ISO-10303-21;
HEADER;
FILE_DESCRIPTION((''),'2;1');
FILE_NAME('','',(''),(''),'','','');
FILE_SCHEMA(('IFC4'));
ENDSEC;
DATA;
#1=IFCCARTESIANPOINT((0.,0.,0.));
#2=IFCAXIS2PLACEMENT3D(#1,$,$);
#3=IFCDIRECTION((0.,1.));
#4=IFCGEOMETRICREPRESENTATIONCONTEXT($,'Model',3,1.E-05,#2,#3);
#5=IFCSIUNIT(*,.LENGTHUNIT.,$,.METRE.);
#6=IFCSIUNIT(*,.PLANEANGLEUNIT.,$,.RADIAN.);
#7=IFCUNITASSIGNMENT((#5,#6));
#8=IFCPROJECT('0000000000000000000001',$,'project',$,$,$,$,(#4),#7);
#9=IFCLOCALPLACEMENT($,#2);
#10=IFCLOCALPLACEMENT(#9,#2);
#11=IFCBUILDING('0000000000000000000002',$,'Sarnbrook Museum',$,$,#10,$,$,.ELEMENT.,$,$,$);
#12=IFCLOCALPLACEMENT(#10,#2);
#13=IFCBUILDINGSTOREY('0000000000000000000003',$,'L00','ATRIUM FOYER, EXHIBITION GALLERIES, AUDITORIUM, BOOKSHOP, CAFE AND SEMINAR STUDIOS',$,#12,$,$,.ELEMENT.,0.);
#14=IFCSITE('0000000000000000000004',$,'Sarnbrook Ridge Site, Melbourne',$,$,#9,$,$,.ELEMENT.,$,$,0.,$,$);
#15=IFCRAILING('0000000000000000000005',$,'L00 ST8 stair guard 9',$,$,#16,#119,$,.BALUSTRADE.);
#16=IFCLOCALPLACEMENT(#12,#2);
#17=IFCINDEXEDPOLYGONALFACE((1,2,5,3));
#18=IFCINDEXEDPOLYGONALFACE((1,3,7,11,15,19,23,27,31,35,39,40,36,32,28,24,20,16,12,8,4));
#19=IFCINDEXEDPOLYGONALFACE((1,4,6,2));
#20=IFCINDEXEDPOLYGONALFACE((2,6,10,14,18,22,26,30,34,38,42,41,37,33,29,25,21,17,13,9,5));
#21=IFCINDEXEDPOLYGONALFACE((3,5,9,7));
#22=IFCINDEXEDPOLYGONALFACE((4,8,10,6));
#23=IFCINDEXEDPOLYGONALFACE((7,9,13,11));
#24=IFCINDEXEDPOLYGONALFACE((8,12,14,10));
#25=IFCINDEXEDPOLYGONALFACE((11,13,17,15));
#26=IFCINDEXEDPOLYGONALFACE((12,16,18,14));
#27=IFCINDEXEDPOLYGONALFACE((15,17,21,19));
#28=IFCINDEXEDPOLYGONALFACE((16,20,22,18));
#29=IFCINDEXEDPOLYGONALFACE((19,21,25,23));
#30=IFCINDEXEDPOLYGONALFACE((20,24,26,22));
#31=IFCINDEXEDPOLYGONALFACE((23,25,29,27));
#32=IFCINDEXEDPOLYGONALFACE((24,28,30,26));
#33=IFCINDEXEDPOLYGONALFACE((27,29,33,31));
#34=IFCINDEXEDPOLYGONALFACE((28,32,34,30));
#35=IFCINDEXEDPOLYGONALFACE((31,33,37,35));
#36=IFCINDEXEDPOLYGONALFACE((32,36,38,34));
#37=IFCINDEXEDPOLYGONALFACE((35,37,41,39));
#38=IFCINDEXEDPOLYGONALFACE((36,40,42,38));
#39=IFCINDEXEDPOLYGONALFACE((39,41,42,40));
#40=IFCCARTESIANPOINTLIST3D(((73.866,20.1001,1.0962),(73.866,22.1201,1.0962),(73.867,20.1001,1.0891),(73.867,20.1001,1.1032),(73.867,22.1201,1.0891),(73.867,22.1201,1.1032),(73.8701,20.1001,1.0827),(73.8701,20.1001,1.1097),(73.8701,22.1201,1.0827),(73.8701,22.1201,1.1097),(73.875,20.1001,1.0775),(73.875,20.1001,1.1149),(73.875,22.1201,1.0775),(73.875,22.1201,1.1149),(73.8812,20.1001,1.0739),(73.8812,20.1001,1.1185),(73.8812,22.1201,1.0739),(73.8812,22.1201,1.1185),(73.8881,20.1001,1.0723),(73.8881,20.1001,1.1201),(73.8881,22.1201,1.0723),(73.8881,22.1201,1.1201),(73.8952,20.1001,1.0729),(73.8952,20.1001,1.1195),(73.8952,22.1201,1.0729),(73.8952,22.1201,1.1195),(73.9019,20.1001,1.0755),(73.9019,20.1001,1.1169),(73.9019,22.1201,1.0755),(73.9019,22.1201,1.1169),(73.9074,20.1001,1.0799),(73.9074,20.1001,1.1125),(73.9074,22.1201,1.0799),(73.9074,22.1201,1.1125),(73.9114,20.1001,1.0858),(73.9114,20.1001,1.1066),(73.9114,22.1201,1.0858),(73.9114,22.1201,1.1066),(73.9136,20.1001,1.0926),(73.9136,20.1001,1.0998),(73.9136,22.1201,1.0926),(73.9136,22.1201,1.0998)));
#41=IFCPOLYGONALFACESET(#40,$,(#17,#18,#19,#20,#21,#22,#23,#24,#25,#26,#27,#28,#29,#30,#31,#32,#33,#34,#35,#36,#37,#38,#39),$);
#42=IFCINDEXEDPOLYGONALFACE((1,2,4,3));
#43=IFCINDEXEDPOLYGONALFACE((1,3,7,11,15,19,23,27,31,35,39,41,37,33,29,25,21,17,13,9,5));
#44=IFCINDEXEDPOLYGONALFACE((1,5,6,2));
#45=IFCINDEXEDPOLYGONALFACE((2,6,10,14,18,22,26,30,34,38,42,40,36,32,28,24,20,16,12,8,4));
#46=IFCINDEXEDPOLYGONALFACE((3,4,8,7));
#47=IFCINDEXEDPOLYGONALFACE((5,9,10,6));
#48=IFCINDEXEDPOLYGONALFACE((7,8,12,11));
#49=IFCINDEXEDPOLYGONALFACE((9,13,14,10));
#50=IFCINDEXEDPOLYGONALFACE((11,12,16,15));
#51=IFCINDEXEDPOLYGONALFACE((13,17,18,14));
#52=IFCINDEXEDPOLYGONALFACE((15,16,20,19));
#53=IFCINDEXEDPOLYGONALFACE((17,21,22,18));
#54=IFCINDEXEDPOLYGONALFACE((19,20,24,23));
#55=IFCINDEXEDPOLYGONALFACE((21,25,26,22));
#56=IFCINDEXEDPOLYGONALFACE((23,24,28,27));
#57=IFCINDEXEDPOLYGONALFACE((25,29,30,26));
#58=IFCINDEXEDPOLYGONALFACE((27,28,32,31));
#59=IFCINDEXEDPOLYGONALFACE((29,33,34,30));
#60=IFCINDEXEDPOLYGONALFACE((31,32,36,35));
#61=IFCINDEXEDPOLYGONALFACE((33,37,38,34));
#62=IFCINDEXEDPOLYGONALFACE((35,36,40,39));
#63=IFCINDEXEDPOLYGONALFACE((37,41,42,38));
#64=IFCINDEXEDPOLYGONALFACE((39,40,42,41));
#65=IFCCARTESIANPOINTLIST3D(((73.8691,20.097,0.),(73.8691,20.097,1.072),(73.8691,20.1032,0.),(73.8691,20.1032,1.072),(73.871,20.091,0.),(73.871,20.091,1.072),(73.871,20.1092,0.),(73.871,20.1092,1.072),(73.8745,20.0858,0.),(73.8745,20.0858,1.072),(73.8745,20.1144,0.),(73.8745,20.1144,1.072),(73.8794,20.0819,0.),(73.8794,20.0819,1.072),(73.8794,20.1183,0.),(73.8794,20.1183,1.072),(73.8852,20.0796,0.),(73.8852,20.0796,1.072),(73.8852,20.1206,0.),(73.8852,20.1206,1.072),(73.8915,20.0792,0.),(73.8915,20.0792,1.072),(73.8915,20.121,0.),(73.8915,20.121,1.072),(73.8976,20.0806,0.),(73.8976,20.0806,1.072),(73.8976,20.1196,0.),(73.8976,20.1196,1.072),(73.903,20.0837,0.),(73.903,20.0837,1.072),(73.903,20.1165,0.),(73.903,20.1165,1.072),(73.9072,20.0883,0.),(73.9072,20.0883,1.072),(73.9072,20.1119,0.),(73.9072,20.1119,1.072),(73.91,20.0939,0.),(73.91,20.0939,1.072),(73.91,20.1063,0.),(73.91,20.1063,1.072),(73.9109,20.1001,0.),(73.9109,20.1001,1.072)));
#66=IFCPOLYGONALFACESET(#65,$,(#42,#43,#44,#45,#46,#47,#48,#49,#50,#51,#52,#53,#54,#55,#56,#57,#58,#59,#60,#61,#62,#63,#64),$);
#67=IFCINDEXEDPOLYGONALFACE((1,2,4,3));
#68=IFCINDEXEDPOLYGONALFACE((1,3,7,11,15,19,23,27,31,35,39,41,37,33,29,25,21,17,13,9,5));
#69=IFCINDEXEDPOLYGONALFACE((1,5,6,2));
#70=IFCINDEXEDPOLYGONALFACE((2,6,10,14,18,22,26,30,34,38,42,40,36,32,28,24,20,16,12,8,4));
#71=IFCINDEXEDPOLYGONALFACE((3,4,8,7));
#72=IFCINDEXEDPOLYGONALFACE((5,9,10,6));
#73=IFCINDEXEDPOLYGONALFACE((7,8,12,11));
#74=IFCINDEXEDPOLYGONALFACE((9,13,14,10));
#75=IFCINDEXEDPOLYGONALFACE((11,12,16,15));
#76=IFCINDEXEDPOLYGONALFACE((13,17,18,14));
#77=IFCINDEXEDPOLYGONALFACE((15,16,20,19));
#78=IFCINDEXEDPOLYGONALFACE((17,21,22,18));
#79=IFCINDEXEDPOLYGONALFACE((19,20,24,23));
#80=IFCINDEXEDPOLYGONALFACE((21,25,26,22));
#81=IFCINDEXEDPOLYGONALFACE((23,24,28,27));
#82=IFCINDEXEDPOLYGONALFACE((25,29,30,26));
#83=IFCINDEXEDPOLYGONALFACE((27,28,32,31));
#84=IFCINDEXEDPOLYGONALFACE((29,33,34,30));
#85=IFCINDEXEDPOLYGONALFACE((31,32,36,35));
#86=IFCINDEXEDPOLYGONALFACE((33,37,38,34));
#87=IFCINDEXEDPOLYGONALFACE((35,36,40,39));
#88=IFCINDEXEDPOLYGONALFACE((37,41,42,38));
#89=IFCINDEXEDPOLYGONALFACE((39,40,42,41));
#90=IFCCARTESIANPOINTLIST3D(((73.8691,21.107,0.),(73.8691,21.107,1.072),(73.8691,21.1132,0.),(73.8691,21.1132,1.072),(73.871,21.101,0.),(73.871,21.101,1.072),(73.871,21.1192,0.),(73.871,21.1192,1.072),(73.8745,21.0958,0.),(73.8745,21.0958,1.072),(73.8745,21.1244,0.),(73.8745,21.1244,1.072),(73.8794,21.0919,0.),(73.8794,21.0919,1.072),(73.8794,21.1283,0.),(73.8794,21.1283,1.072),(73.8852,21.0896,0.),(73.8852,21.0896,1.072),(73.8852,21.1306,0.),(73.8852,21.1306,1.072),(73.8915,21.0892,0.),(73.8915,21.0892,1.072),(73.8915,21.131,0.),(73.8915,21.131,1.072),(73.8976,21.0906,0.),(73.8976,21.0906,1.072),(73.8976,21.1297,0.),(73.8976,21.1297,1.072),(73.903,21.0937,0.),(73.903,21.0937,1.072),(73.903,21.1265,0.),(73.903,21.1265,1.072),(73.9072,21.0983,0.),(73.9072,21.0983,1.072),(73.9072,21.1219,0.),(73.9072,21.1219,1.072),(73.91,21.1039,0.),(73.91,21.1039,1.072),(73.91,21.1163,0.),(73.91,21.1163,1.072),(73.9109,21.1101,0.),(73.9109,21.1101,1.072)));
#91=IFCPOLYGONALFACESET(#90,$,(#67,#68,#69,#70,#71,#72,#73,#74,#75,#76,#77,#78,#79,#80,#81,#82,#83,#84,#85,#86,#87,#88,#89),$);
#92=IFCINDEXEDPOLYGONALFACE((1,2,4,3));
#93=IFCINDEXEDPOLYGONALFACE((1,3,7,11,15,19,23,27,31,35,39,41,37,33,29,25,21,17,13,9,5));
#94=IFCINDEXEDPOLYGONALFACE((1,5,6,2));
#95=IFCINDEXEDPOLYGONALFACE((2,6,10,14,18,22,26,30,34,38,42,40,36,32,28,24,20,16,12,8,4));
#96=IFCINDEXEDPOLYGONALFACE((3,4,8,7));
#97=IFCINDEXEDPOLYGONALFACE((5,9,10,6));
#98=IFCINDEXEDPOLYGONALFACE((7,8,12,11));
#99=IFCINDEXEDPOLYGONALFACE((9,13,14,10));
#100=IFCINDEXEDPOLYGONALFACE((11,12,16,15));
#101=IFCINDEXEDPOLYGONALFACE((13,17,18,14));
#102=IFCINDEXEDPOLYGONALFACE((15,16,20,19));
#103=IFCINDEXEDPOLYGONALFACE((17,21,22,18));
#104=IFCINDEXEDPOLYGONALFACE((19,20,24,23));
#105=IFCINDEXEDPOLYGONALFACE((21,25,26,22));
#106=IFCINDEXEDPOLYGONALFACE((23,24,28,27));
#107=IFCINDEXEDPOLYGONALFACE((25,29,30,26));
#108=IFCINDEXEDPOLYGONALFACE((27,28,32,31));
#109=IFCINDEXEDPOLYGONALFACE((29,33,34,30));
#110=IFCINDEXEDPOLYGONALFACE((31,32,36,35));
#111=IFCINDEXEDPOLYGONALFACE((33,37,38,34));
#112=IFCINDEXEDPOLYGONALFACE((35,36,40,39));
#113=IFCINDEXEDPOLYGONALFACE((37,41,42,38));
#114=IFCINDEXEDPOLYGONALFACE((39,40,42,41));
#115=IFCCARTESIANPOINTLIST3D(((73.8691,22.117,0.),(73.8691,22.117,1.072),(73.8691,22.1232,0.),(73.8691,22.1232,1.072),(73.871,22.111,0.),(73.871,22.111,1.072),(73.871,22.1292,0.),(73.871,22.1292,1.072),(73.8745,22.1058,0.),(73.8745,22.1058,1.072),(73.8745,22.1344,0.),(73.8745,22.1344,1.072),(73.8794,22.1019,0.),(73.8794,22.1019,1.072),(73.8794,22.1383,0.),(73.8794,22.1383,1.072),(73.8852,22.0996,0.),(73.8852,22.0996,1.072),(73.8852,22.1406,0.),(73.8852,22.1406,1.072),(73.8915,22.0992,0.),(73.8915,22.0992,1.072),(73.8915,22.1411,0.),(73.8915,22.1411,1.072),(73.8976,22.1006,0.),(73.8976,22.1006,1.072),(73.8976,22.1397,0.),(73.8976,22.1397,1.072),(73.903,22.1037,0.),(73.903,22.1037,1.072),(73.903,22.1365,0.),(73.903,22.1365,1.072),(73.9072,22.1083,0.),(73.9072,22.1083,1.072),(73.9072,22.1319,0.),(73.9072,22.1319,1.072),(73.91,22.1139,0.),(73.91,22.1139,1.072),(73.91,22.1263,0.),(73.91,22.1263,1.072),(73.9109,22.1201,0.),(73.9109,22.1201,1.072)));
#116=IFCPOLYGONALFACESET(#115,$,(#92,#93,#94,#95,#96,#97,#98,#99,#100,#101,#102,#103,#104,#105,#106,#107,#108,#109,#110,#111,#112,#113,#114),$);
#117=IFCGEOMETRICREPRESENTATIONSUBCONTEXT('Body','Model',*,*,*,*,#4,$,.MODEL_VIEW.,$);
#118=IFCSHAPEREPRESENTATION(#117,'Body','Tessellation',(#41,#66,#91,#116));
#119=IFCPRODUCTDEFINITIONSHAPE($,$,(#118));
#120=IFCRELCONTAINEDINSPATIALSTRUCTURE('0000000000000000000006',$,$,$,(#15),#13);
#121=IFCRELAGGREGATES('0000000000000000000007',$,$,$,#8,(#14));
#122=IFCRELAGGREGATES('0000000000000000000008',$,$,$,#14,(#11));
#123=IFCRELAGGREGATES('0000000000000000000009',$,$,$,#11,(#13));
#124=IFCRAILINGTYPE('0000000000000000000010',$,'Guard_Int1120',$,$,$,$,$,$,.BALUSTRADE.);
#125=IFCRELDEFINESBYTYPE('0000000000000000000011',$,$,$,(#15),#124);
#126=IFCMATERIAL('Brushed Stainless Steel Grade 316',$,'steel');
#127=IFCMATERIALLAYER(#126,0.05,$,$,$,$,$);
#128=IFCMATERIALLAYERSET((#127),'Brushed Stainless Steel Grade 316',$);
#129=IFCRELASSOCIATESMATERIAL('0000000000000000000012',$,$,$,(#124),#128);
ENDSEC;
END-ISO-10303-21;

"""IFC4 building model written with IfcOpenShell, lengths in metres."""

from ifc_helpers import new_model, si_unit, direction, frame, origin, origin_2d, place, context, subcontext, project, spatial, circle, extrude, material, layer, layer_set, type_object, element, save


model = new_model("IFC4")

# Units and contexts
model_context = context("Model", 3, precision=1e-05, world=origin(), true_north=direction((0.0, 1.0)))
body_context = subcontext(model_context, "Body", "Model", "MODEL_VIEW")
ifc_project = project(units=[si_unit("LENGTHUNIT", "METRE"), si_unit("PLANEANGLEUNIT", "RADIAN")], contexts=[model_context])

# Site, building, storey
site_placement = place(None, origin())
site = spatial("IfcSite", under=ifc_project, at=site_placement, Name="Sarnbrook Ridge Site, Melbourne", CompositionType="ELEMENT", RefElevation=0.0)
building_placement = place(site_placement, origin())
building = spatial("IfcBuilding", under=site, at=building_placement, Name="Sarnbrook Museum", CompositionType="ELEMENT")
storey_placement = place(building_placement, origin())
storey = spatial("IfcBuildingStorey", under=building, at=storey_placement, Name="L00", Description="ATRIUM FOYER, EXHIBITION GALLERIES, AUDITORIUM, BOOKSHOP, CAFE AND SEMINAR STUDIOS", CompositionType="ELEMENT", Elevation=0.0)

# Railing
ifc_material_1 = material(Name="Brushed Stainless Steel Grade 316", Category="steel")
ifc_layer_1 = layer(ifc_material_1, 0.05)
ifc_layer_set_1 = layer_set([ifc_layer_1], Name="Brushed Stainless Steel Grade 316")
railing_type_1 = type_object("IfcRailingType", Name="Guard_Int1120", PredefinedType="BALUSTRADE", material=ifc_layer_set_1)
for number, where, name in (
    (1, (73.8899, 20.1001, 0.0), "L00 ST8 stair guard 9"),
):
    element("IfcRailing", number, at=place(storey_placement, frame(where)), inside=storey, type_object=railing_type_1, Name=name, PredefinedType="BALUSTRADE", context=body_context, shape_type="SweptSolid", body=[
        extrude(circle(Radius=0.0239, at=origin_2d()), frame((0.0, 0.0, 1.0962), z_axis=(0.0, 1.0, 0.0), x_axis=(-1.0, 0.0, 0.0)), (0.0, 0.0, 1.0), 2.02),
        extrude(circle(Radius=0.021, at=origin_2d()), origin(), (0.0, 0.0, 1.0), 1.072),
        extrude(circle(Radius=0.021, at=origin_2d()), frame((0.0, 1.01, 0.0)), (0.0, 0.0, 1.0), 1.072),
        extrude(circle(Radius=0.021, at=origin_2d()), frame((0.0, 2.02, 0.0)), (0.0, 0.0, 1.0), 1.072),
    ])

save(model, "model.ifc")
